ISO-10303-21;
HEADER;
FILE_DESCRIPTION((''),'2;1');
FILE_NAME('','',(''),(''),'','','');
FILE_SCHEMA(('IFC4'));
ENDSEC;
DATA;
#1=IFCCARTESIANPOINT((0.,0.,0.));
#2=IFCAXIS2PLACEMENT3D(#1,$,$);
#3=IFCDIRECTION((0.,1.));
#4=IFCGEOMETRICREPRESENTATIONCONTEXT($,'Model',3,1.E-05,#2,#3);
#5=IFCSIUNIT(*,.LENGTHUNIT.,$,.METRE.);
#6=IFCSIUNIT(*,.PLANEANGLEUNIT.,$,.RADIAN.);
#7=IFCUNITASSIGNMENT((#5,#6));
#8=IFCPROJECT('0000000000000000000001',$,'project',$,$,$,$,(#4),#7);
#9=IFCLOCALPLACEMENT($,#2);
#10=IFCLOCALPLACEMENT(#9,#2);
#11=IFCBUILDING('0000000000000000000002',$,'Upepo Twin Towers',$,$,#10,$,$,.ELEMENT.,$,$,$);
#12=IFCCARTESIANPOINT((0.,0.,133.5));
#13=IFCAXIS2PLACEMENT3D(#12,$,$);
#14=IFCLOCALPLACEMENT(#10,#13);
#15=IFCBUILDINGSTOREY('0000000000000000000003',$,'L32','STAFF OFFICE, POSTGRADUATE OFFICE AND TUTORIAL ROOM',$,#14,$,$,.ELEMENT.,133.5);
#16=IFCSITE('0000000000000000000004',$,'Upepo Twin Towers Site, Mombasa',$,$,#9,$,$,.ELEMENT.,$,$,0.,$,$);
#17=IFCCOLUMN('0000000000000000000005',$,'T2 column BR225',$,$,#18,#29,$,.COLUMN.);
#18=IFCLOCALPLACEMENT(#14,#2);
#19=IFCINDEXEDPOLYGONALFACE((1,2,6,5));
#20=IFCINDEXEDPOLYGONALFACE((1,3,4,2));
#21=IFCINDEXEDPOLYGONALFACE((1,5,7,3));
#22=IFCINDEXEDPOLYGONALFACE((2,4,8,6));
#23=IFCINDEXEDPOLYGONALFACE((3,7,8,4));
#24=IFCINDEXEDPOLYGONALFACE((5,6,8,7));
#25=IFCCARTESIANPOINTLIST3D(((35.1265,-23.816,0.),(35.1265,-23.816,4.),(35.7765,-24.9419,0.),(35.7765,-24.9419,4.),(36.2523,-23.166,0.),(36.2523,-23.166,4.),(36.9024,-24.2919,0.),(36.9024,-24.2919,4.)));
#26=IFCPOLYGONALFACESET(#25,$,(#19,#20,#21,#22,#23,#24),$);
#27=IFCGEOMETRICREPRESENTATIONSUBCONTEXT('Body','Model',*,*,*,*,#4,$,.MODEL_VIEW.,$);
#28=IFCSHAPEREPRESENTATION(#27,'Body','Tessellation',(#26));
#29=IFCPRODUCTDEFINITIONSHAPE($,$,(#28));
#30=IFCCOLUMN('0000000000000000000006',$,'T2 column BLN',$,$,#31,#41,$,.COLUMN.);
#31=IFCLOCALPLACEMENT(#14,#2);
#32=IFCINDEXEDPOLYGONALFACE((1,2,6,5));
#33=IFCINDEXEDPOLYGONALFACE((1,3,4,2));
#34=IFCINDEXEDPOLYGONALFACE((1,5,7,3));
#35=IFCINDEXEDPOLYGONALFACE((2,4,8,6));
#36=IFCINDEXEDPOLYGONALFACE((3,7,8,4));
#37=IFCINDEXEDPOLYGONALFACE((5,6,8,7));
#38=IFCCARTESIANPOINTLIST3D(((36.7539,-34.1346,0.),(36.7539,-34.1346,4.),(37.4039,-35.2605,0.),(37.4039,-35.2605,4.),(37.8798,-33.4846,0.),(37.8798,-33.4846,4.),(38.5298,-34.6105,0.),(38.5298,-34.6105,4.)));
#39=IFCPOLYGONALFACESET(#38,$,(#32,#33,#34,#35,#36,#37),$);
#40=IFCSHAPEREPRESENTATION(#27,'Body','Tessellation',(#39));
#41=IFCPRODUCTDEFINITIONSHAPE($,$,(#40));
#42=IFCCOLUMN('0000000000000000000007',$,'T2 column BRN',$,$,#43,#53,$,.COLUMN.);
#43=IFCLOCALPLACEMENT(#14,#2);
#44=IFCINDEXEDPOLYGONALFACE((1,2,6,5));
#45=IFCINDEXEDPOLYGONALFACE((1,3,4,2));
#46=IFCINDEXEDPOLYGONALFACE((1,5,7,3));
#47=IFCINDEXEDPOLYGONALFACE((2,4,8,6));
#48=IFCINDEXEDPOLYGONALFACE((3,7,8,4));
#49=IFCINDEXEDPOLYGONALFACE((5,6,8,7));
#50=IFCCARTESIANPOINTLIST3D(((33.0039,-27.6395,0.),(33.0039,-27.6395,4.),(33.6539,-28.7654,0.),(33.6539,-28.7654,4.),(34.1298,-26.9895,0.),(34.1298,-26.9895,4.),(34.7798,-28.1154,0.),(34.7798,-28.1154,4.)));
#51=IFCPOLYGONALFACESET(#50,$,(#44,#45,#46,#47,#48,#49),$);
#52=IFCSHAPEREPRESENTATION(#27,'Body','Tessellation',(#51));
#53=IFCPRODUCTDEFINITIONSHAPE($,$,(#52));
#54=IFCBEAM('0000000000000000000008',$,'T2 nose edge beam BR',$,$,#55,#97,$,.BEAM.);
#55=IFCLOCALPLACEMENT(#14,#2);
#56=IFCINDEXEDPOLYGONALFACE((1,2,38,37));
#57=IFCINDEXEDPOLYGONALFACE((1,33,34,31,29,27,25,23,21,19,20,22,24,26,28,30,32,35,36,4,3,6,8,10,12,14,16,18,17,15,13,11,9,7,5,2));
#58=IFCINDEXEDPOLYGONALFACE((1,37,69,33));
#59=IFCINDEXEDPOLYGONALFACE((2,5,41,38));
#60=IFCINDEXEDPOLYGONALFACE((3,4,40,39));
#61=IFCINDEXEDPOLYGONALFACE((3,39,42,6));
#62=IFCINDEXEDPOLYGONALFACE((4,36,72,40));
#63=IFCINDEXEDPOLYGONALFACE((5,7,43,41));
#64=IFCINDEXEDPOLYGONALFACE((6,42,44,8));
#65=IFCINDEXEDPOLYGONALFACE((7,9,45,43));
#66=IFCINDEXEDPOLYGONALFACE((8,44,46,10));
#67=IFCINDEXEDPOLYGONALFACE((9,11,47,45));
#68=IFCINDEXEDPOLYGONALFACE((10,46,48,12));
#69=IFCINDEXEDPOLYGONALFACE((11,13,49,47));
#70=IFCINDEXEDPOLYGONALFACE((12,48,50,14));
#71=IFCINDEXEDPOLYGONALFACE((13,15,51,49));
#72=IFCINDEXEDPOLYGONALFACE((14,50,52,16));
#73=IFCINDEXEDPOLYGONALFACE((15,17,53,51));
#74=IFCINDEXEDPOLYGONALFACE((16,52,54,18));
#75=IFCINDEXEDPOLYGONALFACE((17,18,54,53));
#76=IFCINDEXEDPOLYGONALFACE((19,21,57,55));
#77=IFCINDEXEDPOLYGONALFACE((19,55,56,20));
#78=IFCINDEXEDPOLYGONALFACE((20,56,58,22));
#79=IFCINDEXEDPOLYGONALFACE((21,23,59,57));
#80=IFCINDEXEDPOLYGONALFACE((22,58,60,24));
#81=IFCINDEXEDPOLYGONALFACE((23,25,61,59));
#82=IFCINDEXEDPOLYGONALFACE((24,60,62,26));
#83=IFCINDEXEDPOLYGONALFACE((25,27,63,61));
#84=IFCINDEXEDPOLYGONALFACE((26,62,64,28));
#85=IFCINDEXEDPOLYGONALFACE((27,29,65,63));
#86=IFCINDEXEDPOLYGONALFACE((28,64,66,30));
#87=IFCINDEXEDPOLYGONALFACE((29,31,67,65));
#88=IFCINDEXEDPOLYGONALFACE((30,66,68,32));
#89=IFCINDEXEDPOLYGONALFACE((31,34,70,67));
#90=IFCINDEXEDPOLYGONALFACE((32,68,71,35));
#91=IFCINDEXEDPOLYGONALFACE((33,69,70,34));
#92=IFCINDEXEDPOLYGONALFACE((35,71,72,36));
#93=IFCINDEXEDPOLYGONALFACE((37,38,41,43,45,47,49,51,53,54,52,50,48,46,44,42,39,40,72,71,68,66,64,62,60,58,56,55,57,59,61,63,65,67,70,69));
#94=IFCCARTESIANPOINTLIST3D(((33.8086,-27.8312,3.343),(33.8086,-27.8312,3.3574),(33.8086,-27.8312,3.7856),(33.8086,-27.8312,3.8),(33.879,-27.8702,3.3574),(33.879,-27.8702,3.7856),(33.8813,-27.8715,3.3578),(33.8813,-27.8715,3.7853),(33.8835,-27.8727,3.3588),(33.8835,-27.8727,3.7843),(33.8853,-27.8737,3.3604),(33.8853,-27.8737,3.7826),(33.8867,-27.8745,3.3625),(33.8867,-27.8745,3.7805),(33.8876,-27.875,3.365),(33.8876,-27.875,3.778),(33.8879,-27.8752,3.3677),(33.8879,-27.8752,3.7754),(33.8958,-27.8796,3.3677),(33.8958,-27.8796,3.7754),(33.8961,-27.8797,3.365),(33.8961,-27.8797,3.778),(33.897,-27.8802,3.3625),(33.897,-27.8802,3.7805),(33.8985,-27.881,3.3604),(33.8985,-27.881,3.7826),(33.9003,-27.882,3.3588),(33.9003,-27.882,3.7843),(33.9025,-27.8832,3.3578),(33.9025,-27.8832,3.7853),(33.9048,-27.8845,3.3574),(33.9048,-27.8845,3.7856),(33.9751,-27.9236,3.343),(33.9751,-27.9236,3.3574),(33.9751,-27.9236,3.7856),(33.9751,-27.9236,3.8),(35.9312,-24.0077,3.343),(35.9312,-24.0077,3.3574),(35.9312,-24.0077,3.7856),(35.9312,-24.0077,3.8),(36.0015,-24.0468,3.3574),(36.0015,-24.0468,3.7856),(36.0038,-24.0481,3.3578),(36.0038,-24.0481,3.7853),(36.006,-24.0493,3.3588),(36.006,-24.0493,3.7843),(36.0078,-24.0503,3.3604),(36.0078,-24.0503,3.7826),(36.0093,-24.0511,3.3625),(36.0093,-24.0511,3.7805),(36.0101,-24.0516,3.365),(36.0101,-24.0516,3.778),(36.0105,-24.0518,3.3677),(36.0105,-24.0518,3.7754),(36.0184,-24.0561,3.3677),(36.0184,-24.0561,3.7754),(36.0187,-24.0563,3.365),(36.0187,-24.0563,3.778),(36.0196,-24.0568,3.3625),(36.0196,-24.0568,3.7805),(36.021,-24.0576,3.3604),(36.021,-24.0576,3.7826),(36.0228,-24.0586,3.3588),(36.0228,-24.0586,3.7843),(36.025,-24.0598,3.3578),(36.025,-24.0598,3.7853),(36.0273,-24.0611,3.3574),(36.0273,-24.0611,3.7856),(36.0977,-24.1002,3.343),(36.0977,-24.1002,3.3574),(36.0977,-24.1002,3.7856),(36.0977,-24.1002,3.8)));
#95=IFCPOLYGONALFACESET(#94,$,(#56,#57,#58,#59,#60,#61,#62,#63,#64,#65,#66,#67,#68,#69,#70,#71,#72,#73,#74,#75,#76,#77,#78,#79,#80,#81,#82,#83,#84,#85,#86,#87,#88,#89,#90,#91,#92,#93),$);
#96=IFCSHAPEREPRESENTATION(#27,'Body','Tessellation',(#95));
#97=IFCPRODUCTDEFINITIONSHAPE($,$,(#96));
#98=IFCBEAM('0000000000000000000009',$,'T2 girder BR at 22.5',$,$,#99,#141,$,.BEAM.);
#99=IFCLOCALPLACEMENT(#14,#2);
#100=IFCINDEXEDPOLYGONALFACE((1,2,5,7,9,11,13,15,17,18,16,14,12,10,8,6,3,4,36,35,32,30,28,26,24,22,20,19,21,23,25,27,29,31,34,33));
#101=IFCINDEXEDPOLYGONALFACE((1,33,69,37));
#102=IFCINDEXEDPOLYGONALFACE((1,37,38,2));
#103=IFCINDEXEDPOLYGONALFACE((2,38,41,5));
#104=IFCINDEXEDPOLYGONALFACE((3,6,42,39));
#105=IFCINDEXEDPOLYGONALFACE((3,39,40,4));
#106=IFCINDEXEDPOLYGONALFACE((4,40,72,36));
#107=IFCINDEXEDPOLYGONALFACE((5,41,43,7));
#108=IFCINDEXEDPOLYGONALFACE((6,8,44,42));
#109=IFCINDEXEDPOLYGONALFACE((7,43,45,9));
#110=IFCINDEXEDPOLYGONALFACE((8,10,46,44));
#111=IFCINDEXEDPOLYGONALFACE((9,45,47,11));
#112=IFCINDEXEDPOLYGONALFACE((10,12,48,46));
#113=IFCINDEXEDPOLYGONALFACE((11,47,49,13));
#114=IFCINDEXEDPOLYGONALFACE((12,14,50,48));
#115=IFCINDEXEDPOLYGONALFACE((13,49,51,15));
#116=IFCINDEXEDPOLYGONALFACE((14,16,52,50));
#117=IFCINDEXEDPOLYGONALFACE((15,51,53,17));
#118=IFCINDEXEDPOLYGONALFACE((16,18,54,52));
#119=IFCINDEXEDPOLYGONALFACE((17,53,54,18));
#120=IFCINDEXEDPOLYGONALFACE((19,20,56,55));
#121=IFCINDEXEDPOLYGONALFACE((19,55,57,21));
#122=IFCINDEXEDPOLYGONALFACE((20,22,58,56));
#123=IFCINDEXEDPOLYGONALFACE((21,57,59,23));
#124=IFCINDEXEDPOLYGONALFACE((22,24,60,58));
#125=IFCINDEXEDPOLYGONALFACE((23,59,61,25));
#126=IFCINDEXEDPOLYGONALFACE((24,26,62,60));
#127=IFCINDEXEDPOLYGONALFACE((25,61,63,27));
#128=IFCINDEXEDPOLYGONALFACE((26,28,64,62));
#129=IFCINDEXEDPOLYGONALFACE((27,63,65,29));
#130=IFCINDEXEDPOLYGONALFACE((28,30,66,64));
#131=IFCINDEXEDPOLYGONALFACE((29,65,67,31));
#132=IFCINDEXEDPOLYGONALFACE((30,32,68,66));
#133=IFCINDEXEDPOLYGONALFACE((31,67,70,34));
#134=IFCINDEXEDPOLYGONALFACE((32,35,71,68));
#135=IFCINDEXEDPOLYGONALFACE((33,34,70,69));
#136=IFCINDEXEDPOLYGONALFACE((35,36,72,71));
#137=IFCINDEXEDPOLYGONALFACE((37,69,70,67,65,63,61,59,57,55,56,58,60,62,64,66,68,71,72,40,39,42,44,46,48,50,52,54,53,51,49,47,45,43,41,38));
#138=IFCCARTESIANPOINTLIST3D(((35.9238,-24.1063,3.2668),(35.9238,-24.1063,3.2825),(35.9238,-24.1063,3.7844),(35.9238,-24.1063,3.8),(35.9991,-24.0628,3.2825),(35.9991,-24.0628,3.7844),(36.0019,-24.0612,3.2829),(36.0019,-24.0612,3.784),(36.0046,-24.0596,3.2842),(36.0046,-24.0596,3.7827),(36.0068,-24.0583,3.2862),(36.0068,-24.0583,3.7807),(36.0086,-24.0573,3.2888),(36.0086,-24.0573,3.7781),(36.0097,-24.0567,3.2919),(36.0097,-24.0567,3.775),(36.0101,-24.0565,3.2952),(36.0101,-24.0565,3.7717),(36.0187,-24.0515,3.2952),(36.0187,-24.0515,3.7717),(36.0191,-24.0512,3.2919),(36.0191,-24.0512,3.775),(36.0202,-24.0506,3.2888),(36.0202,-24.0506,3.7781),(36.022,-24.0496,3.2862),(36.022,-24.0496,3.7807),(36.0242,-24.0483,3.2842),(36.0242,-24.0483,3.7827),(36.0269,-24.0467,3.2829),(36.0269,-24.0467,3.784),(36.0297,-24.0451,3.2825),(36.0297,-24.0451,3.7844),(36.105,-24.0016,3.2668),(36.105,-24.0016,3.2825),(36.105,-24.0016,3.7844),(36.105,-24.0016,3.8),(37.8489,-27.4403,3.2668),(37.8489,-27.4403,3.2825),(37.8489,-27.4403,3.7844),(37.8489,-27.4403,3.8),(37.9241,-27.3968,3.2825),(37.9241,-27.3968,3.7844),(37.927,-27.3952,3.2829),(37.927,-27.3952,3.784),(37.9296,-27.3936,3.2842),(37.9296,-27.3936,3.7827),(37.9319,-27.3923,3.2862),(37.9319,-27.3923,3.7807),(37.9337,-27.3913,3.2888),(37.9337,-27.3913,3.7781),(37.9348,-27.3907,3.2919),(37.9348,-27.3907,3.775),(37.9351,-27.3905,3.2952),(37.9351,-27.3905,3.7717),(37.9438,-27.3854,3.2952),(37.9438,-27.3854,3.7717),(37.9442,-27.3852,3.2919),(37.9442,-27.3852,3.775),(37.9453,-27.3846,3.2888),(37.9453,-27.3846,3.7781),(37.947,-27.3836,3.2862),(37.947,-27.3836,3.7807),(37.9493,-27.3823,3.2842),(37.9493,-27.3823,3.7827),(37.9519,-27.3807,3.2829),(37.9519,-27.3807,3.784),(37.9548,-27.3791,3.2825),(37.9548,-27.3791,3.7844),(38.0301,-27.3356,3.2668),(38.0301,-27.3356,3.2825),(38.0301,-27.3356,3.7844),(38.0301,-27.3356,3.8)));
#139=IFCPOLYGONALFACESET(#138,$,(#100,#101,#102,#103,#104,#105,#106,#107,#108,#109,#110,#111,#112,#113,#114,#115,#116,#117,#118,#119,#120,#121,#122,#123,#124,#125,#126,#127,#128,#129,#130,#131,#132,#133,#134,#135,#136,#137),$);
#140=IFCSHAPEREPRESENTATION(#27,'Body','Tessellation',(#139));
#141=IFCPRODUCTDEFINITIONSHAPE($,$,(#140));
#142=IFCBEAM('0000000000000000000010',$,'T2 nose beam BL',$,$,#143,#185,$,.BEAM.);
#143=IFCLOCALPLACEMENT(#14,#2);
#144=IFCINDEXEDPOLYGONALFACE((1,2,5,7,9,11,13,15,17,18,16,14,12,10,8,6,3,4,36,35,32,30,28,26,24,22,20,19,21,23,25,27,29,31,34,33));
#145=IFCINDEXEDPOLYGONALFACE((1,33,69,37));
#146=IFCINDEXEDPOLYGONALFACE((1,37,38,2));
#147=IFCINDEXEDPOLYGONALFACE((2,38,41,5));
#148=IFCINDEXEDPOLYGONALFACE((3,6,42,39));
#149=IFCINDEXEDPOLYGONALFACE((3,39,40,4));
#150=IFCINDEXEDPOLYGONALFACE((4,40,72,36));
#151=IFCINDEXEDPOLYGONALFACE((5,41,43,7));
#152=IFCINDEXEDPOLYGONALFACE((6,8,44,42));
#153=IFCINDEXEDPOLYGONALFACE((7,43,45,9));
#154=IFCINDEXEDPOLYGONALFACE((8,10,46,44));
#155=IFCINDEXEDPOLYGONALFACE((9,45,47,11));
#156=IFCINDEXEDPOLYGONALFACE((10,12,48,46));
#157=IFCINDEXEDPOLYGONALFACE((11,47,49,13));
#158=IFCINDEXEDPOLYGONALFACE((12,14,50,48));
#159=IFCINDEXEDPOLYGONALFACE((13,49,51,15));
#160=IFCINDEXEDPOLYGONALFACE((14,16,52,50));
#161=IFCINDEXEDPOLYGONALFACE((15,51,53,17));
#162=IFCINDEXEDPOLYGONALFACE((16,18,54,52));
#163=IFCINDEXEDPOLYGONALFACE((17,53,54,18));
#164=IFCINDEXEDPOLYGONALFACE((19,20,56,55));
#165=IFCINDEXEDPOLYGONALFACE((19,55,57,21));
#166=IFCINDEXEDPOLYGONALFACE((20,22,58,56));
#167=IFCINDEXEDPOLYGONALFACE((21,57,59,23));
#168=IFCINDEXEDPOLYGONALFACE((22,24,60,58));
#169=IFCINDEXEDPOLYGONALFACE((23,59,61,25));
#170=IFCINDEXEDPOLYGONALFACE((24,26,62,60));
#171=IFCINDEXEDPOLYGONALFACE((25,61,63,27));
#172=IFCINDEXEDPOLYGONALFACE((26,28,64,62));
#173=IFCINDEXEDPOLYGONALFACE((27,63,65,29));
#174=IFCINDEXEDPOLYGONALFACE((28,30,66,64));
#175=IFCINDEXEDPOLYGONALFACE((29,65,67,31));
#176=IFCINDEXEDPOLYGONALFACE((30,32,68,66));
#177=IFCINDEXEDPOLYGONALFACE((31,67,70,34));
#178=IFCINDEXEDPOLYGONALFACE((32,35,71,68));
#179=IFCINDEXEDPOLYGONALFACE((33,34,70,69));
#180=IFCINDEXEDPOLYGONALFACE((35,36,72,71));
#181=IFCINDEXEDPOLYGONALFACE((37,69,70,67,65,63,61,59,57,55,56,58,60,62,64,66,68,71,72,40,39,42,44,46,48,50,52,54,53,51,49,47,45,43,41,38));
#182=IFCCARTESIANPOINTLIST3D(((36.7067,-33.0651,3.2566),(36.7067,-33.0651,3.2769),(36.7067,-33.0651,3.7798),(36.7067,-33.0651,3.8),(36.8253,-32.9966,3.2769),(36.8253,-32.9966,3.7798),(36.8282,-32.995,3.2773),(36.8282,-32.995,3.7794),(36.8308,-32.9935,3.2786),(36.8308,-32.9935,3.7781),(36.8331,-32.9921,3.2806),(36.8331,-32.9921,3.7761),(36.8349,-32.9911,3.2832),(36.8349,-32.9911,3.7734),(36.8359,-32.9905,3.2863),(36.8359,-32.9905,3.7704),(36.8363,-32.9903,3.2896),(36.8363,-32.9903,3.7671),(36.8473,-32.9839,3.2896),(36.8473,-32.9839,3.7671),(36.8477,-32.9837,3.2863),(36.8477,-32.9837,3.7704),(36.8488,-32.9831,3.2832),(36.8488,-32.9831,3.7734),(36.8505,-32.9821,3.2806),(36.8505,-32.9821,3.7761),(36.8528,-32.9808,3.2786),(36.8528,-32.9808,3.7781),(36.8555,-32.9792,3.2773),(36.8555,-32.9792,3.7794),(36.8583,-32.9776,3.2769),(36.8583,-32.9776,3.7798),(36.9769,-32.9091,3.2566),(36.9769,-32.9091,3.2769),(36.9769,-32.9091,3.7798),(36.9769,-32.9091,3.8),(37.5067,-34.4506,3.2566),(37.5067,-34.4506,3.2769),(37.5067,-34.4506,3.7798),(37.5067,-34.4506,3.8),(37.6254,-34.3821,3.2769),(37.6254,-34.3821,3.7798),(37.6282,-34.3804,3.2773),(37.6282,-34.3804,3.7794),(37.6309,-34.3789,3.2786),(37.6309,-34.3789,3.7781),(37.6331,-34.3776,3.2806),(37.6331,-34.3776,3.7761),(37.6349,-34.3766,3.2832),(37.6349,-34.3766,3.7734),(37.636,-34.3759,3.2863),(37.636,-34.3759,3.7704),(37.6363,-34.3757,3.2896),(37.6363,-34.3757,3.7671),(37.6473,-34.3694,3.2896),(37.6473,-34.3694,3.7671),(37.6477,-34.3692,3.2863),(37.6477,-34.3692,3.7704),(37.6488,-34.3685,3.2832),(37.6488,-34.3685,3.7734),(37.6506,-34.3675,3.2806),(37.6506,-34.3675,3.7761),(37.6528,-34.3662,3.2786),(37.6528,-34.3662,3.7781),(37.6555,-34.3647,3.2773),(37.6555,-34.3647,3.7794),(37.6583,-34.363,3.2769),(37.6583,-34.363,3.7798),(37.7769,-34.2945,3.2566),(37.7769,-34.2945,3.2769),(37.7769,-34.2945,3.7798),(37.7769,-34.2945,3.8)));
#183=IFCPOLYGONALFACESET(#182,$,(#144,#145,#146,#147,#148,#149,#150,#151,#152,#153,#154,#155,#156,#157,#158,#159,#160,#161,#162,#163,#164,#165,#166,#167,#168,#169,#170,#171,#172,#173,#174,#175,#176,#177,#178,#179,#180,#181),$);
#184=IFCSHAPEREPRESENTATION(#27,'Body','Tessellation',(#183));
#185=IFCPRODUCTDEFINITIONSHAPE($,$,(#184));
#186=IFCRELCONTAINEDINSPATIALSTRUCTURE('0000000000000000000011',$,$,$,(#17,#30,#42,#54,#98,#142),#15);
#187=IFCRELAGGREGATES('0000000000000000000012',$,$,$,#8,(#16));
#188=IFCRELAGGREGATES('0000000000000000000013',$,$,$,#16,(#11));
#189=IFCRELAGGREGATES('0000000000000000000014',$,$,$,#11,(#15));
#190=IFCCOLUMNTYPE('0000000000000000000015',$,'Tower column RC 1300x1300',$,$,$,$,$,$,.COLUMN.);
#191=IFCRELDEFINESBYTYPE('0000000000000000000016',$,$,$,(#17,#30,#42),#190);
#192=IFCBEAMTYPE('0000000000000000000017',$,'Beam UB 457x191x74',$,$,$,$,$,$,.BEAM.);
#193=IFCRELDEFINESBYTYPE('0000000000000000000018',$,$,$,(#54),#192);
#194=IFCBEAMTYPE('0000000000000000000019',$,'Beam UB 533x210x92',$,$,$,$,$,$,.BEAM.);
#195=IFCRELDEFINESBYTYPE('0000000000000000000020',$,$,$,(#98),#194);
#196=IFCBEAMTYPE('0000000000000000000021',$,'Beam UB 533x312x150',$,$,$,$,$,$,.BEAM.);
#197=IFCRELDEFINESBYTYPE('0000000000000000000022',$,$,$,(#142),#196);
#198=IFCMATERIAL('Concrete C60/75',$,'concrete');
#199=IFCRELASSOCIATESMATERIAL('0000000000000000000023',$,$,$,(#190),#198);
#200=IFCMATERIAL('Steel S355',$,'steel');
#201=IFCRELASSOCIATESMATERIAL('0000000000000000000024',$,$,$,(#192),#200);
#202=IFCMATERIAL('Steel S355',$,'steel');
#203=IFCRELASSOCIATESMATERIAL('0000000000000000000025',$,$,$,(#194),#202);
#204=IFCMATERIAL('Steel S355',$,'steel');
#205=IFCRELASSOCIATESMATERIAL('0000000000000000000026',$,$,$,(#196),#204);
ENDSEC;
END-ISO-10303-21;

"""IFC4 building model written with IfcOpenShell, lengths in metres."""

from ifc_helpers import new_model, si_unit, direction, frame, origin, origin_2d, place, context, subcontext, project, spatial, rectangle, i_section, extrude, material, material_profile, profile_set, type_object, element, save


model = new_model("IFC4")

# Units and contexts
model_context = context("Model", 3, precision=1e-05, world=origin(), true_north=direction((0.0, 1.0)))
body_context = subcontext(model_context, "Body", "Model", "MODEL_VIEW")
ifc_project = project(units=[si_unit("LENGTHUNIT", "METRE"), si_unit("PLANEANGLEUNIT", "RADIAN")], contexts=[model_context])

# Site, building, storey
site_placement = place(None, origin())
site = spatial("IfcSite", under=ifc_project, at=site_placement, Name="Upepo Twin Towers Site, Mombasa", CompositionType="ELEMENT", RefElevation=0.0)
building_placement = place(site_placement, origin())
building = spatial("IfcBuilding", under=site, at=building_placement, Name="Upepo Twin Towers", CompositionType="ELEMENT")
storey_placement = place(building_placement, frame((0.0, 0.0, 133.5)))
storey = spatial("IfcBuildingStorey", under=building, at=storey_placement, Name="L32", Description="STAFF OFFICE, POSTGRADUATE OFFICE AND TUTORIAL ROOM", CompositionType="ELEMENT", Elevation=133.5)

# Columns
ifc_material_1 = material(Name="Concrete C60/75", Category="concrete")
ifc_material_profile_1 = material_profile(ifc_material_1, rectangle(XDim=1.3, YDim=1.3, at=origin_2d()), Name="RC 1300x1300")
ifc_profile_set_1 = profile_set([ifc_material_profile_1], Name="Concrete C60/75")
column_type = type_object("IfcColumnType", Name="Tower column RC 1300x1300", PredefinedType="COLUMN", material=ifc_profile_set_1)
for number, where, z_axis, x_axis, name in (
    (1, (36.0144, -24.054, 0.0), (0.0, 0.0, 1.0), (0.866025, 0.5, 0.0), "T2 column BR225"),
    (2, (37.6418, -34.3726, 0.0), (0.0, 0.0, 1.0), (0.866025, 0.5, 0.0), "T2 column BLN"),
    (3, (33.8918, -27.8774, 0.0), (0.0, 0.0, 1.0), (0.866025, 0.5, 0.0), "T2 column BRN"),
):
    element("IfcColumn", number, at=place(storey_placement, frame(where, z_axis=z_axis, x_axis=x_axis)), inside=storey, type_object=column_type, Name=name, PredefinedType="COLUMN", context=body_context, shape_type="SweptSolid", body=[
        extrude(rectangle(XDim=1.3, YDim=1.3, at=origin_2d()), origin(), (0.0, 0.0, 1.0), 4.0),
    ])

# Beams
ifc_material_2 = material(Name="Steel S355", Category="steel")
ifc_material_profile_2 = material_profile(ifc_material_2, i_section(OverallWidth=0.1904, OverallDepth=0.457, WebThickness=0.009, FlangeThickness=0.0144, FilletRadius=0.0103, at=origin_2d()), Name="UB 457x191x74")
ifc_profile_set_2 = profile_set([ifc_material_profile_2], Name="Steel S355")
beam_type_1 = type_object("IfcBeamType", Name="Beam UB 457x191x74", PredefinedType="BEAM", material=ifc_profile_set_2)
beam_1_placement = place(storey_placement, frame((36.0144, -24.054, 3.5715), z_axis=(-0.485363, -0.874313, 0.0), x_axis=(0.874313, -0.485363, 0.0)))
element("IfcBeam", 4, at=beam_1_placement, inside=storey, type_object=beam_type_1, Name="T2 nose edge beam BR", PredefinedType="BEAM", context=body_context, shape_type="SweptSolid", body=[
    extrude(i_section(OverallWidth=0.1904, OverallDepth=0.457, WebThickness=0.009, FlangeThickness=0.0144, FilletRadius=0.0103, at=origin_2d()), origin(), (0.0, 0.0, 1.0), 4.373),
])
ifc_material_3 = material(Name="Steel S355", Category="steel")
ifc_material_profile_3 = material_profile(ifc_material_3, i_section(OverallWidth=0.2092, OverallDepth=0.5332, WebThickness=0.01, FlangeThickness=0.0156, FilletRadius=0.0127, at=origin_2d()), Name="UB 533x210x92")
ifc_profile_set_3 = profile_set([ifc_material_profile_3], Name="Steel S355")
beam_type_2 = type_object("IfcBeamType", Name="Beam UB 533x210x92", PredefinedType="BEAM", material=ifc_profile_set_3)
beam_2_placement = place(storey_placement, frame((36.0144, -24.054, 3.5334), z_axis=(0.500034, -0.866006, 0.0), x_axis=(0.866006, 0.500034, 0.0)))
element("IfcBeam", 5, at=beam_2_placement, inside=storey, type_object=beam_type_2, Name="T2 girder BR at 22.5", PredefinedType="BEAM", context=body_context, shape_type="SweptSolid", body=[
    extrude(i_section(OverallWidth=0.2092, OverallDepth=0.5332, WebThickness=0.01, FlangeThickness=0.0156, FilletRadius=0.0127, at=origin_2d()), origin(), (0.0, 0.0, 1.0), 3.8499),
])
ifc_material_4 = material(Name="Steel S355", Category="steel")
ifc_material_profile_4 = material_profile(ifc_material_4, i_section(OverallWidth=0.312, OverallDepth=0.5435, WebThickness=0.0127, FlangeThickness=0.0203, FilletRadius=0.0127, at=origin_2d()), Name="UB 533x312x150")
ifc_profile_set_4 = profile_set([ifc_material_profile_4], Name="Steel S355")
beam_type_3 = type_object("IfcBeamType", Name="Beam UB 533x312x150", PredefinedType="BEAM", material=ifc_profile_set_4)
for number, where, z_axis, x_axis, name in (
    (6, (37.6418, -34.3726, 3.5283), (-0.500061, 0.86599, 0.0), (-0.86599, -0.500061, 0.0), "T2 nose beam BL"),
):
    element("IfcBeam", number, at=place(storey_placement, frame(where, z_axis=z_axis, x_axis=x_axis)), inside=storey, type_object=beam_type_3, Name=name, PredefinedType="BEAM", context=body_context, shape_type="SweptSolid", body=[
        extrude(i_section(OverallWidth=0.312, OverallDepth=0.5435, WebThickness=0.0127, FlangeThickness=0.0203, FilletRadius=0.0127, at=origin_2d()), origin(), (0.0, 0.0, 1.0), 1.5999),
    ])

save(model, "model.ifc")
